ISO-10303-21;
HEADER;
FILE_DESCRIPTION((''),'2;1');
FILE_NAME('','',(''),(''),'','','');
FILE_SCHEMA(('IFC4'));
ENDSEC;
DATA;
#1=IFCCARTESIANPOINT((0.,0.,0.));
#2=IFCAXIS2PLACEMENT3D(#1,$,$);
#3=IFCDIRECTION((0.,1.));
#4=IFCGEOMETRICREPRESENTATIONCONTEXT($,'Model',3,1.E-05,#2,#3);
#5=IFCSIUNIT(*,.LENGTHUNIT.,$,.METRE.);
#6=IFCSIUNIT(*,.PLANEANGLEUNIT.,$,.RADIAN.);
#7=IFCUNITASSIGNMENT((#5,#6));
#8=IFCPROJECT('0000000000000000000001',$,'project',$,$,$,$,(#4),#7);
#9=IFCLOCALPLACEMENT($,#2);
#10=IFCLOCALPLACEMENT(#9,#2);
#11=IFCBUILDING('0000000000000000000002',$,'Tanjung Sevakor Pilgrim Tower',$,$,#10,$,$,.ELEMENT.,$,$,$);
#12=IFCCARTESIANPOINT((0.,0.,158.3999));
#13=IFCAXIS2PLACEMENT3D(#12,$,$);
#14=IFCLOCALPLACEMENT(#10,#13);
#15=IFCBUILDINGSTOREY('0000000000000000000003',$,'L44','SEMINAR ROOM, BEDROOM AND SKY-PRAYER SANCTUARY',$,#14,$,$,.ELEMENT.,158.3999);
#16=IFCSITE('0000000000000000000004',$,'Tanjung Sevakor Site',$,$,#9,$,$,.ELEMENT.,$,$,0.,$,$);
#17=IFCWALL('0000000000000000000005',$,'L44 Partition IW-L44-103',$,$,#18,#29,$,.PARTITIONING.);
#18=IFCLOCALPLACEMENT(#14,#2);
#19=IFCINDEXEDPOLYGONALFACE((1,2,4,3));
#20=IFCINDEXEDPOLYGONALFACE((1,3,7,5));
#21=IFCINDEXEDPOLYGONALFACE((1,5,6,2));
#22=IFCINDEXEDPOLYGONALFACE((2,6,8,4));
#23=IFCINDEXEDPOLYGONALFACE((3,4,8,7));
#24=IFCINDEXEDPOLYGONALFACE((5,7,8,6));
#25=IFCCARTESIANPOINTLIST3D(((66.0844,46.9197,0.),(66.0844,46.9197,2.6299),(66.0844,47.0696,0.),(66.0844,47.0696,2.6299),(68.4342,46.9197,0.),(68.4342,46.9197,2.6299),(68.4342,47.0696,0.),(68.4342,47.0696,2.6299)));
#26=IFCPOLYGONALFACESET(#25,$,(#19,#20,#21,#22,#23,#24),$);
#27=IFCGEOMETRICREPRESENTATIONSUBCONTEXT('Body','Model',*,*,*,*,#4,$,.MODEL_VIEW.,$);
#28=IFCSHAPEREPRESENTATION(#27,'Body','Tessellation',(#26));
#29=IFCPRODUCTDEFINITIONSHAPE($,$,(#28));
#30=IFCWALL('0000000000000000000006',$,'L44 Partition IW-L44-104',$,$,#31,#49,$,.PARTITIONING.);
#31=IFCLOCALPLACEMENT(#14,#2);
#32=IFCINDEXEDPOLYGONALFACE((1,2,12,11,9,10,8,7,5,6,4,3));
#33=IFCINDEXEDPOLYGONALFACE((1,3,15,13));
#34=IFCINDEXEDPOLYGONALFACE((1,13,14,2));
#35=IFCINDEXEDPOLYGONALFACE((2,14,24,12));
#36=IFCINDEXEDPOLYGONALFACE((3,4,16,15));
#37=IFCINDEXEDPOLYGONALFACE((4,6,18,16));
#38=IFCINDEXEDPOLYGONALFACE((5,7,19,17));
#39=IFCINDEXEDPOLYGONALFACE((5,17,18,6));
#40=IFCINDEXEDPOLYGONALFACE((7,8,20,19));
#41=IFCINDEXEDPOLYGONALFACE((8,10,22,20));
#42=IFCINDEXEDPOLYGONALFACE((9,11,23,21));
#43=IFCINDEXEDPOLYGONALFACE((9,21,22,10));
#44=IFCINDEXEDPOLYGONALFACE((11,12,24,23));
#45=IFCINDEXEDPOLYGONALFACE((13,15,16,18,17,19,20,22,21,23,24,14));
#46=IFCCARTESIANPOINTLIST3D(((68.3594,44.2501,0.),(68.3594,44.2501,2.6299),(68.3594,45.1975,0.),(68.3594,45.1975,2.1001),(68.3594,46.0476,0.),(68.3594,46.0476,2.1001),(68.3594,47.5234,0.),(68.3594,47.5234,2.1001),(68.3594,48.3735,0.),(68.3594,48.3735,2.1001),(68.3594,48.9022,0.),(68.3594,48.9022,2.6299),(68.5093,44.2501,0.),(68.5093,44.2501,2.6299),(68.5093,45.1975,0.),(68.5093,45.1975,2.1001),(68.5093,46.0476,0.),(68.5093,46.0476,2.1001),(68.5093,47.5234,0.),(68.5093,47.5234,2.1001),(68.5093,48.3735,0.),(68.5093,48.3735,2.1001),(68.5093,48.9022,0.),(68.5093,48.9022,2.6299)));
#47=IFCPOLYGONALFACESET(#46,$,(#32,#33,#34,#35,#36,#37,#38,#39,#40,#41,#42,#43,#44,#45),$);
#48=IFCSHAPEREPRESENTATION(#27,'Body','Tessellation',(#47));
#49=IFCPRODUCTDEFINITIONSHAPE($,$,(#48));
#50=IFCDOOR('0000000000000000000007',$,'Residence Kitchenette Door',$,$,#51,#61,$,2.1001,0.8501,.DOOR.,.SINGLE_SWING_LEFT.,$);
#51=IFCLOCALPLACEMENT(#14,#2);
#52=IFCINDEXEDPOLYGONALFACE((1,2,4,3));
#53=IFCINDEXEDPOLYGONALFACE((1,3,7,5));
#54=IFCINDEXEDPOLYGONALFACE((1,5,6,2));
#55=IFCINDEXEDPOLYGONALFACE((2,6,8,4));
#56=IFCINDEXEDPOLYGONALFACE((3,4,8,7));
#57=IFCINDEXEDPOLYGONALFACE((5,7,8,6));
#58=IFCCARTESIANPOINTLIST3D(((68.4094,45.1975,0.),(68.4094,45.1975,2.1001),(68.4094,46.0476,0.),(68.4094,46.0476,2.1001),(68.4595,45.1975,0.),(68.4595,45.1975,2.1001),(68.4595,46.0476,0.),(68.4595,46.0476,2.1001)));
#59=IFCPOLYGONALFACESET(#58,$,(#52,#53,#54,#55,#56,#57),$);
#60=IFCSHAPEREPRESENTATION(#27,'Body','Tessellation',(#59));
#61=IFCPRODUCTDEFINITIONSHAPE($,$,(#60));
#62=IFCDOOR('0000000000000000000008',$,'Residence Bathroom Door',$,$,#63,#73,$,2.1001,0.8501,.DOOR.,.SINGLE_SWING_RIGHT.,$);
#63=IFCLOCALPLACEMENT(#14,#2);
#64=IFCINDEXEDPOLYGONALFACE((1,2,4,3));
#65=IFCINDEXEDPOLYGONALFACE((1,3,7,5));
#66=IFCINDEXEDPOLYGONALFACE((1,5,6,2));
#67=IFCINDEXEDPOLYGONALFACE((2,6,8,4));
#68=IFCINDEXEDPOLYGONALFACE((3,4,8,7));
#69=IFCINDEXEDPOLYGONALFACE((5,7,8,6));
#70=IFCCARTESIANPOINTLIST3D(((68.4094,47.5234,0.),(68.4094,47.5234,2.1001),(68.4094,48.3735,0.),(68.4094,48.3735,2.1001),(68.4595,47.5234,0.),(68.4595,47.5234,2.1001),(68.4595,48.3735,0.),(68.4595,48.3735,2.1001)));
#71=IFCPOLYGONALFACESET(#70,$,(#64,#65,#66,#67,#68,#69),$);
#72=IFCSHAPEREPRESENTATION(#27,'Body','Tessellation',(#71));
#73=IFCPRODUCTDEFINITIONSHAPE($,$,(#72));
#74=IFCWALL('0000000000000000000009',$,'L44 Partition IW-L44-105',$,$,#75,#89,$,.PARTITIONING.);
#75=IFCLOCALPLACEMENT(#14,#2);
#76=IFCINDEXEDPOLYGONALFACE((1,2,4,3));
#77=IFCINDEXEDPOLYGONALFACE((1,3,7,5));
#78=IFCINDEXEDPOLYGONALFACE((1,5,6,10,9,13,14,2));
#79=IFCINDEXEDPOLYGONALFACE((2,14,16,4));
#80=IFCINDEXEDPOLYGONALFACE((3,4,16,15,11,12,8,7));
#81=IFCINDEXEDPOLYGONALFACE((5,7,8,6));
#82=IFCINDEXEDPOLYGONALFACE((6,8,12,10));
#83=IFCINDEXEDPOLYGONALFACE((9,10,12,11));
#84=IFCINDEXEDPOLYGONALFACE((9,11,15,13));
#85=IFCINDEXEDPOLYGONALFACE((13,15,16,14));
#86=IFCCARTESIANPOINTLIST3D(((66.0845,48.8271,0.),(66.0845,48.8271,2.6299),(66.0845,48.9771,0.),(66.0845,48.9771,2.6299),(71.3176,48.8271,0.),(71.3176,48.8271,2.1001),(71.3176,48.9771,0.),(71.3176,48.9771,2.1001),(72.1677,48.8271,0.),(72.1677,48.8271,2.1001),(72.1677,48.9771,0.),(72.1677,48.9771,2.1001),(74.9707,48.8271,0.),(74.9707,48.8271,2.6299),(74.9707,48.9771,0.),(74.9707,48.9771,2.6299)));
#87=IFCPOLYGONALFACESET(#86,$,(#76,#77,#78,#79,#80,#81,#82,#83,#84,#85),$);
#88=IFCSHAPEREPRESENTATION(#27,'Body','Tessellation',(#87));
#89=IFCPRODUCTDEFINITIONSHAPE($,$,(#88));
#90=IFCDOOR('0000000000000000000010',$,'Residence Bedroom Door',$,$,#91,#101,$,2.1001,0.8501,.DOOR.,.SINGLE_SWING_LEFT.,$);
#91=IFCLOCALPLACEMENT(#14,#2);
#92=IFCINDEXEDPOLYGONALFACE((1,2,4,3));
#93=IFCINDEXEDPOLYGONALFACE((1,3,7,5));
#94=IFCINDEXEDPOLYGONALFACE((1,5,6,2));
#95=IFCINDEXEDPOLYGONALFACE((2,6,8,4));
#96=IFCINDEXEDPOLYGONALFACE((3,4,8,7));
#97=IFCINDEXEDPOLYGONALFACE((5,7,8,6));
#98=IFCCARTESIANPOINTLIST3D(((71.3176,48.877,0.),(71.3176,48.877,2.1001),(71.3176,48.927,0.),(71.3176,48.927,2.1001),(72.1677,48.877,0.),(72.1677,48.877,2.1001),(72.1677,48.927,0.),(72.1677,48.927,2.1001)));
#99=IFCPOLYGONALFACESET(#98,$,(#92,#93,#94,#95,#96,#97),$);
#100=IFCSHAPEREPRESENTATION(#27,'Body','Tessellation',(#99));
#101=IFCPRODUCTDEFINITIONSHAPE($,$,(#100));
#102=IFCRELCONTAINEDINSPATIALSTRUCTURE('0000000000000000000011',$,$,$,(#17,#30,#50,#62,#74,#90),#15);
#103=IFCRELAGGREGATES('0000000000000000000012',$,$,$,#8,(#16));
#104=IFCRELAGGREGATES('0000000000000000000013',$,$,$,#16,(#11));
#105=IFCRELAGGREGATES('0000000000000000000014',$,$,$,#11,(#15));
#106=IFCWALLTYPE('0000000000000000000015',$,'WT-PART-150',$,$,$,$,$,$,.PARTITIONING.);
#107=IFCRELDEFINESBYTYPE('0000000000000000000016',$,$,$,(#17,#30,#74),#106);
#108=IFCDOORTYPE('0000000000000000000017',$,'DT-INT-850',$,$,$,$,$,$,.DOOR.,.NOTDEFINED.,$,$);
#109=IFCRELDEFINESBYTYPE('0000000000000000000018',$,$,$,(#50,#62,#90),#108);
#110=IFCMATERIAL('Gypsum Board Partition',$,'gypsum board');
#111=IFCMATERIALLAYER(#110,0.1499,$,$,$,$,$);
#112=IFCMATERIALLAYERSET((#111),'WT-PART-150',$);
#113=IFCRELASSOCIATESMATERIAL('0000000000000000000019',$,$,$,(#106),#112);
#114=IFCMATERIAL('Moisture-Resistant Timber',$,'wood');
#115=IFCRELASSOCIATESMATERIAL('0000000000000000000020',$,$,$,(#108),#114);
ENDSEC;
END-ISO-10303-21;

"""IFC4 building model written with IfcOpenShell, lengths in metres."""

from ifc_helpers import new_model, si_unit, direction, frame, frame_2d, origin, place, context, subcontext, project, spatial, rectangle, extrude, material, layer, layer_set, type_object, element, fill, save


model = new_model("IFC4")

# Units and contexts
model_context = context("Model", 3, precision=1e-05, world=origin(), true_north=direction((0.0, 1.0)))
body_context = subcontext(model_context, "Body", "Model", "MODEL_VIEW")
ifc_project = project(units=[si_unit("LENGTHUNIT", "METRE"), si_unit("PLANEANGLEUNIT", "RADIAN")], contexts=[model_context])

# Site, building, storey
site_placement = place(None, origin())
site = spatial("IfcSite", under=ifc_project, at=site_placement, Name="Tanjung Sevakor Site", CompositionType="ELEMENT", RefElevation=0.0)
building_placement = place(site_placement, origin())
building = spatial("IfcBuilding", under=site, at=building_placement, Name="Tanjung Sevakor Pilgrim Tower", CompositionType="ELEMENT")
storey_placement = place(building_placement, frame((0.0, 0.0, 158.3999)))
storey = spatial("IfcBuildingStorey", under=building, at=storey_placement, Name="L44", Description="SEMINAR ROOM, BEDROOM AND SKY-PRAYER SANCTUARY", CompositionType="ELEMENT", Elevation=158.3999)

# Shared definitions
ifc_material_1 = material(Name="Gypsum Board Partition", Category="gypsum board")
ifc_layer_1 = layer(ifc_material_1, 0.1499)
ifc_layer_set_1 = layer_set([ifc_layer_1], Name="WT-PART-150")
wall_type_1 = type_object("IfcWallType", Name="WT-PART-150", PredefinedType="PARTITIONING", material=ifc_layer_set_1)
ifc_material_2 = material(Name="Moisture-Resistant Timber", Category="wood")
door_type_1 = type_object("IfcDoorType", Name="DT-INT-850", OperationType="NOTDEFINED", PredefinedType="DOOR", material=ifc_material_2)

# Wall
wall_1_placement = place(storey_placement, frame((66.0845, 46.9946, 0.0), z_axis=(0.0, 0.0, 1.0), x_axis=(1.0, 0.0, 0.0)))
element("IfcWall", 1, at=wall_1_placement, inside=storey, type_object=wall_type_1, Name="L44 Partition IW-L44-103", PredefinedType="PARTITIONING", context=body_context, shape_type="SweptSolid", body=[
    extrude(rectangle(XDim=2.3499, YDim=0.1499, at=frame_2d((1.1748, 0.0))), origin(), (0.0, 0.0, 1.0), 2.6299),
])

# Wall, openings, doors
wall_2_placement = place(storey_placement, frame((68.4343, 44.25, 0.0), z_axis=(0.0, 0.0, 1.0), x_axis=(0.0, 1.0, 0.0)))
wall_2 = element("IfcWall", 2, at=wall_2_placement, inside=storey, type_object=wall_type_1, Name="L44 Partition IW-L44-104", PredefinedType="PARTITIONING", context=body_context, shape_type="SweptSolid", body=[
    extrude(rectangle(XDim=4.6521, YDim=0.1499, at=frame_2d((2.3262, 0.0))), origin(), (0.0, 0.0, 1.0), 2.6299),
])
opening_1_placement = place(wall_2_placement, frame((0.9475, 0.0, 0.0)))
opening_1 = element("IfcOpeningElement", 3, at=opening_1_placement, cuts=wall_2, PredefinedType="OPENING", context=body_context, shape_type="SweptSolid", body=[
    extrude(rectangle(XDim=0.8501, YDim=2.1001, at=frame_2d((0.425, 1.05))), frame((0.0, 0.085, 0.0), z_axis=(0.0, -1.0, 0.0), x_axis=(1.0, 0.0, 0.0)), (0.0, 0.0, 1.0), 0.1699),
])
opening_2_placement = place(wall_2_placement, frame((3.2734, 0.0, 0.0)))
opening_2 = element("IfcOpeningElement", 4, at=opening_2_placement, cuts=wall_2, PredefinedType="OPENING", context=body_context, shape_type="SweptSolid", body=[
    extrude(rectangle(XDim=0.8501, YDim=2.1001, at=frame_2d((0.425, 1.05))), frame((0.0, 0.085, 0.0), z_axis=(0.0, -1.0, 0.0), x_axis=(1.0, 0.0, 0.0)), (0.0, 0.0, 1.0), 0.1699),
])
door_1_placement = place(opening_1_placement, origin())
door_1 = element("IfcDoor", 5, at=door_1_placement, inside=storey, type_object=door_type_1, Name="Residence Kitchenette Door", OperationType="SINGLE_SWING_LEFT", OverallHeight=2.1001, OverallWidth=0.8501, PredefinedType="DOOR", context=body_context, shape_type="SweptSolid", body=[
    extrude(rectangle(XDim=0.8501, YDim=2.1001, at=frame_2d((0.425, 1.05))), frame((0.0, 0.0249, 0.0), z_axis=(0.0, -1.0, 0.0), x_axis=(1.0, 0.0, 0.0)), (0.0, 0.0, 1.0), 0.05),
])
fill(opening_1, door_1)
door_2_placement = place(opening_2_placement, origin())
door_2 = element("IfcDoor", 6, at=door_2_placement, inside=storey, type_object=door_type_1, Name="Residence Bathroom Door", OperationType="SINGLE_SWING_RIGHT", OverallHeight=2.1001, OverallWidth=0.8501, PredefinedType="DOOR", context=body_context, shape_type="SweptSolid", body=[
    extrude(rectangle(XDim=0.8501, YDim=2.1001, at=frame_2d((0.425, 1.05))), frame((0.0, 0.0249, 0.0), z_axis=(0.0, -1.0, 0.0), x_axis=(1.0, 0.0, 0.0)), (0.0, 0.0, 1.0), 0.05),
])
fill(opening_2, door_2)

# Wall, opening, door
wall_3_placement = place(storey_placement, frame((66.0845, 48.9021, 0.0), z_axis=(0.0, 0.0, 1.0), x_axis=(1.0, 0.0, 0.0)))
wall_3 = element("IfcWall", 7, at=wall_3_placement, inside=storey, type_object=wall_type_1, Name="L44 Partition IW-L44-105", PredefinedType="PARTITIONING", context=body_context, shape_type="SweptSolid", body=[
    extrude(rectangle(XDim=8.8862, YDim=0.1499, at=frame_2d((4.4431, 0.0))), origin(), (0.0, 0.0, 1.0), 2.6299),
])
opening_3_placement = place(wall_3_placement, frame((5.2332, 0.0, 0.0)))
opening_3 = element("IfcOpeningElement", 8, at=opening_3_placement, cuts=wall_3, PredefinedType="OPENING", context=body_context, shape_type="SweptSolid", body=[
    extrude(rectangle(XDim=0.8501, YDim=2.1001, at=frame_2d((0.425, 1.05))), frame((0.0, 0.085, 0.0), z_axis=(0.0, -1.0, 0.0), x_axis=(1.0, 0.0, 0.0)), (0.0, 0.0, 1.0), 0.1699),
])
door_3_placement = place(opening_3_placement, origin())
door_3 = element("IfcDoor", 9, at=door_3_placement, inside=storey, type_object=door_type_1, Name="Residence Bedroom Door", OperationType="SINGLE_SWING_LEFT", OverallHeight=2.1001, OverallWidth=0.8501, PredefinedType="DOOR", context=body_context, shape_type="SweptSolid", body=[
    extrude(rectangle(XDim=0.8501, YDim=2.1001, at=frame_2d((0.425, 1.05))), frame((0.0, 0.0249, 0.0), z_axis=(0.0, -1.0, 0.0), x_axis=(1.0, 0.0, 0.0)), (0.0, 0.0, 1.0), 0.05),
])
fill(opening_3, door_3)

save(model, "model.ifc")
